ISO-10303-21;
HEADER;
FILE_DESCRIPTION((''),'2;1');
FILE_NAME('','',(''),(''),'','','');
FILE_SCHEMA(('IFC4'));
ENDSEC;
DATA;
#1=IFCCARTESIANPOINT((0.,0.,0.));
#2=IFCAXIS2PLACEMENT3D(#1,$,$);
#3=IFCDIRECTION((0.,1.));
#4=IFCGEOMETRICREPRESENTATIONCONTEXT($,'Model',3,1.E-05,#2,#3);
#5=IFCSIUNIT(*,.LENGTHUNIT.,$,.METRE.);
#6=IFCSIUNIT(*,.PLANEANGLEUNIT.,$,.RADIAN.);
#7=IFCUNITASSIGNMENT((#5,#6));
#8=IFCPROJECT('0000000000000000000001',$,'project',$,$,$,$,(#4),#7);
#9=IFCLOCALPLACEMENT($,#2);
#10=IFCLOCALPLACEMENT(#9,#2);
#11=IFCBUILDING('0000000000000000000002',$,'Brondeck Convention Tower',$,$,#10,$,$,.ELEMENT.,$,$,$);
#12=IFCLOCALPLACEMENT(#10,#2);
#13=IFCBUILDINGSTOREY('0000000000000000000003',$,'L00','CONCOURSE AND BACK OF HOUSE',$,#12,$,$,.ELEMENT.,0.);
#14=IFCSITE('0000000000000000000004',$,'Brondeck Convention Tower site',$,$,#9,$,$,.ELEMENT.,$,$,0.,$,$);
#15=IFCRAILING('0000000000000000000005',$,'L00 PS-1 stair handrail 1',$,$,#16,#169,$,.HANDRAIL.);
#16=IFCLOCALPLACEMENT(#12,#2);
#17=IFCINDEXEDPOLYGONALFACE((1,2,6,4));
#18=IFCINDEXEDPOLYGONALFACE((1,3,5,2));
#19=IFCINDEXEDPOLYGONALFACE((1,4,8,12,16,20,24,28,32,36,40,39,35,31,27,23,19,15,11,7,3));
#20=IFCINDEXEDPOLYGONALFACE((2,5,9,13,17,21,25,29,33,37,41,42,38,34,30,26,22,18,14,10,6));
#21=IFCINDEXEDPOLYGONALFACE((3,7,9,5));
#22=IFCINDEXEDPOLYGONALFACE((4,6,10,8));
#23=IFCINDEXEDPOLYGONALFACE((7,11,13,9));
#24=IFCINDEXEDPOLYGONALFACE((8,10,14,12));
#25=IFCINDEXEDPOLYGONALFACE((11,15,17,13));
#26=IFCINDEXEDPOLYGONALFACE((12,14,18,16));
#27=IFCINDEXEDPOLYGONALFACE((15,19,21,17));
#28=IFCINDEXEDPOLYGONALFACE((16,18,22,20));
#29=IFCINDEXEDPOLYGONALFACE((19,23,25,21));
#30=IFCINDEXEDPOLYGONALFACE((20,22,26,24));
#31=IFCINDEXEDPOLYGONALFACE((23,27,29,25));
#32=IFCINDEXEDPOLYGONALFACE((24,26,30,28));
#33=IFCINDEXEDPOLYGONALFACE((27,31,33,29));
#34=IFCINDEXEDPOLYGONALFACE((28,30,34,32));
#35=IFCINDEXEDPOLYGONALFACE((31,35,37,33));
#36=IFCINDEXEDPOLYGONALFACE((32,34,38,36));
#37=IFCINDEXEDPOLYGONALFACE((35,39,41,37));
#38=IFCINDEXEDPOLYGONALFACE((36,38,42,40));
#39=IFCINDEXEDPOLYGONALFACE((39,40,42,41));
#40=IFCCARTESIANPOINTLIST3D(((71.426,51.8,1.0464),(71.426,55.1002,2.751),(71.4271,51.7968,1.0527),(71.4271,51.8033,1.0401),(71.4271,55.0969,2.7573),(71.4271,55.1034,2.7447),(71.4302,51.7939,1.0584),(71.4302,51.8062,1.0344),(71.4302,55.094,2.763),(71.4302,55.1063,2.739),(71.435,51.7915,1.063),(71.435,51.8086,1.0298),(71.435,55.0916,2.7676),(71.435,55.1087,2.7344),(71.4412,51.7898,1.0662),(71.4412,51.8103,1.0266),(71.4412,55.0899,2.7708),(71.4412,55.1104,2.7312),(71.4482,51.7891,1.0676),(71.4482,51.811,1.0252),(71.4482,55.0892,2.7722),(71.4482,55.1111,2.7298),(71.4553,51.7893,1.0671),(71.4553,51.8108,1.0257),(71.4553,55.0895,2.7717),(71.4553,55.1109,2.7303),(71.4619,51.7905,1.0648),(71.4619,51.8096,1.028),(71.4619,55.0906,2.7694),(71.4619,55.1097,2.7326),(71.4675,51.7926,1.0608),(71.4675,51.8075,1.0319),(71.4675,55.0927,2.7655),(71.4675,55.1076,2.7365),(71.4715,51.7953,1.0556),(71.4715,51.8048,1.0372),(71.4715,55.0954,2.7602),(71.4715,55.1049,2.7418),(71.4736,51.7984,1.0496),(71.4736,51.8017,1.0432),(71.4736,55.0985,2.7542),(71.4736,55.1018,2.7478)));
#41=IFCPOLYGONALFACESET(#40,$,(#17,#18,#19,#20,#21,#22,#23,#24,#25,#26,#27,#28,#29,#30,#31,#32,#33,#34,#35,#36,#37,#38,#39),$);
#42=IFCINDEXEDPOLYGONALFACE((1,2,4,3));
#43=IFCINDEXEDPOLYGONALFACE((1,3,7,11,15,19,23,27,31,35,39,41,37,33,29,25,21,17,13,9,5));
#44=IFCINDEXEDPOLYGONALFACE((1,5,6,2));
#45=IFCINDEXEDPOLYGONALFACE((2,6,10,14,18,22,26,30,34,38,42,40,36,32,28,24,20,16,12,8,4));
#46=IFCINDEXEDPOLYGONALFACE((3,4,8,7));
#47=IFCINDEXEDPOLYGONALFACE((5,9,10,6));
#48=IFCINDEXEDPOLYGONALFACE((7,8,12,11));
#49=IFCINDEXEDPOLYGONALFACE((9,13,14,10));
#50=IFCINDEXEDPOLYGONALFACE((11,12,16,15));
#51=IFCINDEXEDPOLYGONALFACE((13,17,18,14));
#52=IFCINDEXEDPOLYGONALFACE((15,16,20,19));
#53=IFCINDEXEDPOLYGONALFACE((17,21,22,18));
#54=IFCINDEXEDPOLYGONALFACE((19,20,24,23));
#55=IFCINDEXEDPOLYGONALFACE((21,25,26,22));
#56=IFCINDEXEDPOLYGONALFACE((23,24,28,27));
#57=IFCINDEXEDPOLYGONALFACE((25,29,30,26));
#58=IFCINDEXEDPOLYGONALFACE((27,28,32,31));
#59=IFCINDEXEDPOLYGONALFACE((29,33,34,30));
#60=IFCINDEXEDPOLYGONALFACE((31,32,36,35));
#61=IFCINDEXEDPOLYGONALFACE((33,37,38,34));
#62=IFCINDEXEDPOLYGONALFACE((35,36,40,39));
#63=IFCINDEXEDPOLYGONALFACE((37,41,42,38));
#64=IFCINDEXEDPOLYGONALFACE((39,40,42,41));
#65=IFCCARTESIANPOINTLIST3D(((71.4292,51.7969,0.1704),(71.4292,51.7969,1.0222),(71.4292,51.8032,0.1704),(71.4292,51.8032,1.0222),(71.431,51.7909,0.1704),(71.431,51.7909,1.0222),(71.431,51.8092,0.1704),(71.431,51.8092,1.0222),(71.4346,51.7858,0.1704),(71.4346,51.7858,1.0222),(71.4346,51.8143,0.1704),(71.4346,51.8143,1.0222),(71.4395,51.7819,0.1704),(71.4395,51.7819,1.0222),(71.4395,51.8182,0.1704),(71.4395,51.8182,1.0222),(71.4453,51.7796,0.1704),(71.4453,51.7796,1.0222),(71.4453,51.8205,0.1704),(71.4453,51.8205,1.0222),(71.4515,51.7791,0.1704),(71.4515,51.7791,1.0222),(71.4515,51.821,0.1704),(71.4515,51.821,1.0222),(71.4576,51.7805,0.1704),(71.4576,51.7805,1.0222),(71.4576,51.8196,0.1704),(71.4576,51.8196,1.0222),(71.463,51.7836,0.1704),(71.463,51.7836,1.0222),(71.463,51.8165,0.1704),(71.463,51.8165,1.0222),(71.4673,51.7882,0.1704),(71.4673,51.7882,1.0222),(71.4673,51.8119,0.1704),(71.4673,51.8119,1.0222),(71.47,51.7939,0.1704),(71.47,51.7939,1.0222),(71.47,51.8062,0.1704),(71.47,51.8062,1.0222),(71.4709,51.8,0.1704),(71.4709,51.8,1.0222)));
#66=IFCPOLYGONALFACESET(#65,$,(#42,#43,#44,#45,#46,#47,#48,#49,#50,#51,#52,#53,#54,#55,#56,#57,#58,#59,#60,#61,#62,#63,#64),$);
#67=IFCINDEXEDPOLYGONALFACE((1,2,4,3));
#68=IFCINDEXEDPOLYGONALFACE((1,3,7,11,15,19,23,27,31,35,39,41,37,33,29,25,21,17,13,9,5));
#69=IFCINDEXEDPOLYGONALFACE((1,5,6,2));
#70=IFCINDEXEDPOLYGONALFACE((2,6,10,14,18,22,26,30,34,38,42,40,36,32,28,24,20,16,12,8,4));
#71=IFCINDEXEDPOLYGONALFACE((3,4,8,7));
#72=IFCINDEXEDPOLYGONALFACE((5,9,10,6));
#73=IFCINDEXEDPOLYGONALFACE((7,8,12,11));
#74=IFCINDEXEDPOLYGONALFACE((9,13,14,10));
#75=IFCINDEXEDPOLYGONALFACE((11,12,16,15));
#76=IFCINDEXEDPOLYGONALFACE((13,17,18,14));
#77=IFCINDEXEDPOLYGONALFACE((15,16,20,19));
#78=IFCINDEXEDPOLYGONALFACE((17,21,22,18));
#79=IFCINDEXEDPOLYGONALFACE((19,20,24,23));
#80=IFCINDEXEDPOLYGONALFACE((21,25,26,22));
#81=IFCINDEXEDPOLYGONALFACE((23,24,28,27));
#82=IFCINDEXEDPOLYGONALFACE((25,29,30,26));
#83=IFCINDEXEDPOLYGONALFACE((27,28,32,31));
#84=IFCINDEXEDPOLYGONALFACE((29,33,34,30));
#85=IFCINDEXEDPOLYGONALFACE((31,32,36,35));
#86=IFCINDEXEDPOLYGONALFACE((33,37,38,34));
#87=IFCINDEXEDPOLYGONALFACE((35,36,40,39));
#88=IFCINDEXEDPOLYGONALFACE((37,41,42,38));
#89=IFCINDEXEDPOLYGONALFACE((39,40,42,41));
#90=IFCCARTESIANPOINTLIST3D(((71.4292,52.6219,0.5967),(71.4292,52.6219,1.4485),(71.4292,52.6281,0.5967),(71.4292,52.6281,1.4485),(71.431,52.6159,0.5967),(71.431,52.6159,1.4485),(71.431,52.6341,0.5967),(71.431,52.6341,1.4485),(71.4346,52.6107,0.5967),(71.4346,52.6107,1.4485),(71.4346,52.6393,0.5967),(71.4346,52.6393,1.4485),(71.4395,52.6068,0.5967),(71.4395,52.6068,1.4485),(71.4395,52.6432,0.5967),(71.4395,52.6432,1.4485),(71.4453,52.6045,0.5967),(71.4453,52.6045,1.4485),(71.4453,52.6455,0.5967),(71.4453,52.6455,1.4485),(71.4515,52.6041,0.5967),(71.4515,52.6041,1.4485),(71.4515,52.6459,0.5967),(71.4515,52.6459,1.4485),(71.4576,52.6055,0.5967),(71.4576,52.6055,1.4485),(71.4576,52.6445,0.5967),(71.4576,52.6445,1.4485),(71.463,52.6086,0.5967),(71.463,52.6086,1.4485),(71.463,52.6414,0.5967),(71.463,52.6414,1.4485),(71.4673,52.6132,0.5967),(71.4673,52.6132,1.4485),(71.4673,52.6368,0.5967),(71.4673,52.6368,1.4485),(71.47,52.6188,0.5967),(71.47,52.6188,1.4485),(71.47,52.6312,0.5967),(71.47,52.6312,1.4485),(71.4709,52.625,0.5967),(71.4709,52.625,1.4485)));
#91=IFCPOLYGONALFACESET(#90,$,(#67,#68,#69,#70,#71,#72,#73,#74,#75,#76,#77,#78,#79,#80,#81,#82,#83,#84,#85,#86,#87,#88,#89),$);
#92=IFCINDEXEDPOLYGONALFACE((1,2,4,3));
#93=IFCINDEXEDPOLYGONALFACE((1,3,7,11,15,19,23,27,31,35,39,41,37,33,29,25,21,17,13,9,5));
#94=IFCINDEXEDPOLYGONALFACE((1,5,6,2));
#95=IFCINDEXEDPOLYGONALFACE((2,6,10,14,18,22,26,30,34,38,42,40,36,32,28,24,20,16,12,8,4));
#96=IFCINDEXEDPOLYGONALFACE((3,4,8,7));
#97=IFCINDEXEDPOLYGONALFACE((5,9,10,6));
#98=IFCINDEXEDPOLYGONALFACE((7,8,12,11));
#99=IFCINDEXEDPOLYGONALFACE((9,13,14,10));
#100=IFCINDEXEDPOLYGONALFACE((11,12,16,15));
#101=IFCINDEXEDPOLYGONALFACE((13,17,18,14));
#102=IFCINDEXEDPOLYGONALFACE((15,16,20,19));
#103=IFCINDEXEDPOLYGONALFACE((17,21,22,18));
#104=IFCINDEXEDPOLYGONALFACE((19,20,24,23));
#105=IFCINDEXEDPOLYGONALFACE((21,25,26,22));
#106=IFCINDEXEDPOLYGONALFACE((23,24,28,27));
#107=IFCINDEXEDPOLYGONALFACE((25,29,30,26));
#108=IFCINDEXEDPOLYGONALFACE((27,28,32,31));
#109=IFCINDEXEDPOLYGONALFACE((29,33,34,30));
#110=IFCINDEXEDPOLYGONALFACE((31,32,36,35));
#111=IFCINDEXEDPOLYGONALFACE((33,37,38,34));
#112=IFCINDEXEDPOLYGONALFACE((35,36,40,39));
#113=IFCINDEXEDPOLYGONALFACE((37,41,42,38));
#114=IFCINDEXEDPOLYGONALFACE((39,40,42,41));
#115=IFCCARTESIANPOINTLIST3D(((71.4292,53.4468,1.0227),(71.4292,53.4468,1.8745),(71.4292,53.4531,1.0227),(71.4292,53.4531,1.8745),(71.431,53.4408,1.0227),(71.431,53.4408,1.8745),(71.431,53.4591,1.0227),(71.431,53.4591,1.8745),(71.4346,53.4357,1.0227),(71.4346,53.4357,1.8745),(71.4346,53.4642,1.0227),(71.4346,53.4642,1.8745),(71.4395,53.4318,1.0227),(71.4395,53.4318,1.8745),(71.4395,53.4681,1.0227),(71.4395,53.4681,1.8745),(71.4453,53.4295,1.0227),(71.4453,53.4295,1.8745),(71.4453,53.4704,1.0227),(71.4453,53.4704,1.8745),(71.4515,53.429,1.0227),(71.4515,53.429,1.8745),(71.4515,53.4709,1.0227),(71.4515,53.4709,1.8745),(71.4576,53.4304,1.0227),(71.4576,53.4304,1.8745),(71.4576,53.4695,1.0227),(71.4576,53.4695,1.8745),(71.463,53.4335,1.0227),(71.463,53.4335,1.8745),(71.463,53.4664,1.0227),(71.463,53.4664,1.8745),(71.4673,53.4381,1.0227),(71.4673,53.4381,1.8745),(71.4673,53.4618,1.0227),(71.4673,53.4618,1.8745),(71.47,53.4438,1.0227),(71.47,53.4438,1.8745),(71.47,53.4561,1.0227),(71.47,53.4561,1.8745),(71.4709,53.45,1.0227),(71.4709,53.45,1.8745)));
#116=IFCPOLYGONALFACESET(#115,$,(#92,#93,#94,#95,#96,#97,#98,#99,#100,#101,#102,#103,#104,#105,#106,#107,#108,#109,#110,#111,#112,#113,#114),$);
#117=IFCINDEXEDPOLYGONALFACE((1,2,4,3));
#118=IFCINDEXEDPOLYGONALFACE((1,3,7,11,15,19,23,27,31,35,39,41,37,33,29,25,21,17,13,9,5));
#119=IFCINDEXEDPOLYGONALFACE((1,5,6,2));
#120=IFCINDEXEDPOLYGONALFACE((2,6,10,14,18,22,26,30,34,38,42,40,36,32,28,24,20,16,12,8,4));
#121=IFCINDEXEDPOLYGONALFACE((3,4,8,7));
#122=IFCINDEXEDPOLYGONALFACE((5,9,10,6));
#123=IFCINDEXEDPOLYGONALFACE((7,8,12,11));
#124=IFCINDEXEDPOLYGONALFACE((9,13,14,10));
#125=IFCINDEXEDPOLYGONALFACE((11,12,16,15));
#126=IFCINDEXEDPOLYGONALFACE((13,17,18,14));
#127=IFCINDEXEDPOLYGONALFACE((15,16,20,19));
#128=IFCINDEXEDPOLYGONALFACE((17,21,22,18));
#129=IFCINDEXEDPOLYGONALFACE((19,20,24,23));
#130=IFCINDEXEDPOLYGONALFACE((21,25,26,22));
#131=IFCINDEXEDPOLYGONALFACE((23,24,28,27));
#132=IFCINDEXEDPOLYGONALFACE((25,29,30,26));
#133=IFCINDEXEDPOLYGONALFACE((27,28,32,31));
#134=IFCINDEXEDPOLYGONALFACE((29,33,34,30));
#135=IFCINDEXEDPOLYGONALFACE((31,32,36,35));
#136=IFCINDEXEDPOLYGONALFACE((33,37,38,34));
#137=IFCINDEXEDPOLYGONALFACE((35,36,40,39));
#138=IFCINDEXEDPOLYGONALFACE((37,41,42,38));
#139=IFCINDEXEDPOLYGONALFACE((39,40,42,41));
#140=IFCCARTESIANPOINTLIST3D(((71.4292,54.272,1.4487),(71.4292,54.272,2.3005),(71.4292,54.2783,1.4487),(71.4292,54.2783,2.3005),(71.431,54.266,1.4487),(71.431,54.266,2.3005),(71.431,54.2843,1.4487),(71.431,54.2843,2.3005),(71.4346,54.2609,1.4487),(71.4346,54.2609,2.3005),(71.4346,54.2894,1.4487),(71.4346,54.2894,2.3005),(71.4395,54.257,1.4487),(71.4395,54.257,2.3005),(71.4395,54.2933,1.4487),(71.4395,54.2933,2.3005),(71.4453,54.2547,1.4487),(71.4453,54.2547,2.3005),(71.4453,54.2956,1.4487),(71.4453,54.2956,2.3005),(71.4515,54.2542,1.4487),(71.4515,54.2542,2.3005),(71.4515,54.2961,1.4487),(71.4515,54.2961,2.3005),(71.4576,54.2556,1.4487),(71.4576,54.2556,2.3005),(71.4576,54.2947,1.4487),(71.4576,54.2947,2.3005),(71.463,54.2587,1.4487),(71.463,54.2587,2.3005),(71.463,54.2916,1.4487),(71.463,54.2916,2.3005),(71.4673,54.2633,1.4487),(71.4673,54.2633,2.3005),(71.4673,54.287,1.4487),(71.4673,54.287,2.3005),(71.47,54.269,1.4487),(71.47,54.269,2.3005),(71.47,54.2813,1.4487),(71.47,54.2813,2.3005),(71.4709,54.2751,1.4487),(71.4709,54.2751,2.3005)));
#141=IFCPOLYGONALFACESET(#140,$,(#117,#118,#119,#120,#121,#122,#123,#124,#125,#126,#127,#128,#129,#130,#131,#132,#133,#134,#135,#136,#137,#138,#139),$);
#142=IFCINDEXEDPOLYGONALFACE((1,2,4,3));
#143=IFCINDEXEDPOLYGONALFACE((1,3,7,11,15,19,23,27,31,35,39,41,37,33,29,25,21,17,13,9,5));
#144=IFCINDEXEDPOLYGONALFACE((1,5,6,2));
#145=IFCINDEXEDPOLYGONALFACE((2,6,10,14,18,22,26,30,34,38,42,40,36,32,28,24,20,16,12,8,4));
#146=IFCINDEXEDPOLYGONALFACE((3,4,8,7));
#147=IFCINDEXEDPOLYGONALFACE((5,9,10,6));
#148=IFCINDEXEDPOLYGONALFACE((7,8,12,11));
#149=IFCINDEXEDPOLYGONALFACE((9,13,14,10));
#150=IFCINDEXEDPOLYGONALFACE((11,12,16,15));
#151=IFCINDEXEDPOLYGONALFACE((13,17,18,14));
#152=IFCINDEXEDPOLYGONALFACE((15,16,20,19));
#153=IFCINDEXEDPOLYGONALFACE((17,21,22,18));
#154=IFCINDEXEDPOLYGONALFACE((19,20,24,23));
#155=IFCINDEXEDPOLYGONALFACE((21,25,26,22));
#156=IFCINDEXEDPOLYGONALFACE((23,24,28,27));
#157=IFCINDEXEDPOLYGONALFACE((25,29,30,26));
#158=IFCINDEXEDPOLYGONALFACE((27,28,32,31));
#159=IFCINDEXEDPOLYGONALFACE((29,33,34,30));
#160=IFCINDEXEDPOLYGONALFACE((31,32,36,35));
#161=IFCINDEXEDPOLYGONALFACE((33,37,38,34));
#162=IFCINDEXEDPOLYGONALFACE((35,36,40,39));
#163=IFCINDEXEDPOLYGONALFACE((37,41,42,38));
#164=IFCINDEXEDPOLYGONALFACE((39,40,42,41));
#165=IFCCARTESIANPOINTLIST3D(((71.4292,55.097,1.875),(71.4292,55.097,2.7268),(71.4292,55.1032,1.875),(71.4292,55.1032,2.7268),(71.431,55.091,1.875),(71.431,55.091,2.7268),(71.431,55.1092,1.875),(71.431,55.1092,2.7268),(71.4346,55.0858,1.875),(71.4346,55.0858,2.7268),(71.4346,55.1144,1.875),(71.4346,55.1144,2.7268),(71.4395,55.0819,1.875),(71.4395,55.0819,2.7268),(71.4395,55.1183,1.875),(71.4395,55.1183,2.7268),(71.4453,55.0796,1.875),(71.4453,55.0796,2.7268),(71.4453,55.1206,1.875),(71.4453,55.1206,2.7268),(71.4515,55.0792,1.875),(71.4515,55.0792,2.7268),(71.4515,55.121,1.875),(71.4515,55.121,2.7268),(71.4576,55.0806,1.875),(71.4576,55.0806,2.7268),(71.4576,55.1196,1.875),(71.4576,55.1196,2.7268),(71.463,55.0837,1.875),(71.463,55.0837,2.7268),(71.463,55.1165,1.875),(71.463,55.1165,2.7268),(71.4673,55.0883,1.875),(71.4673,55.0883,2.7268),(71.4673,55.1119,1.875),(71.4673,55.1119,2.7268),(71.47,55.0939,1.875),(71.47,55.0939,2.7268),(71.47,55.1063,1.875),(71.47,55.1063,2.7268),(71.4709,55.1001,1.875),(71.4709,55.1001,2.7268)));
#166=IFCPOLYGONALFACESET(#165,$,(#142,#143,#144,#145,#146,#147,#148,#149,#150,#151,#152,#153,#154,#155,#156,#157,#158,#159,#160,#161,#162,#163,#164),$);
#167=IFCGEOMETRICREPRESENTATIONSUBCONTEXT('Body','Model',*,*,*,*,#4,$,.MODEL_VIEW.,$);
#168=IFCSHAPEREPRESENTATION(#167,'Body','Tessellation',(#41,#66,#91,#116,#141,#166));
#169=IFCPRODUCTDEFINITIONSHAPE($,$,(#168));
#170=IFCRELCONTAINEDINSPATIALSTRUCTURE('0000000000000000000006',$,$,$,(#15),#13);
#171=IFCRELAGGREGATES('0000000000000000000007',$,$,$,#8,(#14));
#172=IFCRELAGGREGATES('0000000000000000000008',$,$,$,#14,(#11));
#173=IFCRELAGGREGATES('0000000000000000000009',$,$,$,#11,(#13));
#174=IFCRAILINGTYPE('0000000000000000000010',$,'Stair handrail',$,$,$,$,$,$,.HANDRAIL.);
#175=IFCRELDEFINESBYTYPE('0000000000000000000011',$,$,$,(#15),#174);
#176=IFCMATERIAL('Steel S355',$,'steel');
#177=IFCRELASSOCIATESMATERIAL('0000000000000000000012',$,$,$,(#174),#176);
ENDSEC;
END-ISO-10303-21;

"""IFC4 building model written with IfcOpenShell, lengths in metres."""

from ifc_helpers import new_model, si_unit, direction, frame, origin, origin_2d, place, context, subcontext, project, spatial, circle, extrude, material, type_object, element, save


model = new_model("IFC4")

# Units and contexts
model_context = context("Model", 3, precision=1e-05, world=origin(), true_north=direction((0.0, 1.0)))
body_context = subcontext(model_context, "Body", "Model", "MODEL_VIEW")
ifc_project = project(units=[si_unit("LENGTHUNIT", "METRE"), si_unit("PLANEANGLEUNIT", "RADIAN")], contexts=[model_context])

# Site, building, storey
site_placement = place(None, origin())
site = spatial("IfcSite", under=ifc_project, at=site_placement, Name="Brondeck Convention Tower site", CompositionType="ELEMENT", RefElevation=0.0)
building_placement = place(site_placement, origin())
building = spatial("IfcBuilding", under=site, at=building_placement, Name="Brondeck Convention Tower", CompositionType="ELEMENT")
storey_placement = place(building_placement, origin())
storey = spatial("IfcBuildingStorey", under=building, at=storey_placement, Name="L00", Description="CONCOURSE AND BACK OF HOUSE", CompositionType="ELEMENT", Elevation=0.0)

# Railing
ifc_material_1 = material(Name="Steel S355", Category="steel")
railing_type_1 = type_object("IfcRailingType", Name="Stair handrail", PredefinedType="HANDRAIL", material=ifc_material_1)
railing_1_placement = place(storey_placement, frame((71.45, 51.8, 0.1704)))
element("IfcRailing", 1, at=railing_1_placement, inside=storey, type_object=railing_type_1, Name="L00 PS-1 stair handrail 1", PredefinedType="HANDRAIL", context=body_context, shape_type="SweptSolid", body=[
    extrude(circle(Radius=0.0239, at=origin_2d()), frame((0.0, 0.0, 0.876), z_axis=(0.0, 0.888474, 0.458928), x_axis=(-1.0, 0.0, 0.0)), (0.0, 0.0, 1.0), 3.7144),
    extrude(circle(Radius=0.021, at=origin_2d()), origin(), (0.0, 0.0, 1.0), 0.8518),
    extrude(circle(Radius=0.021, at=origin_2d()), frame((0.0, 0.825, 0.4263)), (0.0, 0.0, 1.0), 0.8518),
    extrude(circle(Radius=0.021, at=origin_2d()), frame((0.0, 1.6499, 0.8523)), (0.0, 0.0, 1.0), 0.8518),
    extrude(circle(Radius=0.021, at=origin_2d()), frame((0.0, 2.4751, 1.2783)), (0.0, 0.0, 1.0), 0.8518),
    extrude(circle(Radius=0.021, at=origin_2d()), frame((0.0, 3.3, 1.7046)), (0.0, 0.0, 1.0), 0.8518),
])

save(model, "model.ifc")
